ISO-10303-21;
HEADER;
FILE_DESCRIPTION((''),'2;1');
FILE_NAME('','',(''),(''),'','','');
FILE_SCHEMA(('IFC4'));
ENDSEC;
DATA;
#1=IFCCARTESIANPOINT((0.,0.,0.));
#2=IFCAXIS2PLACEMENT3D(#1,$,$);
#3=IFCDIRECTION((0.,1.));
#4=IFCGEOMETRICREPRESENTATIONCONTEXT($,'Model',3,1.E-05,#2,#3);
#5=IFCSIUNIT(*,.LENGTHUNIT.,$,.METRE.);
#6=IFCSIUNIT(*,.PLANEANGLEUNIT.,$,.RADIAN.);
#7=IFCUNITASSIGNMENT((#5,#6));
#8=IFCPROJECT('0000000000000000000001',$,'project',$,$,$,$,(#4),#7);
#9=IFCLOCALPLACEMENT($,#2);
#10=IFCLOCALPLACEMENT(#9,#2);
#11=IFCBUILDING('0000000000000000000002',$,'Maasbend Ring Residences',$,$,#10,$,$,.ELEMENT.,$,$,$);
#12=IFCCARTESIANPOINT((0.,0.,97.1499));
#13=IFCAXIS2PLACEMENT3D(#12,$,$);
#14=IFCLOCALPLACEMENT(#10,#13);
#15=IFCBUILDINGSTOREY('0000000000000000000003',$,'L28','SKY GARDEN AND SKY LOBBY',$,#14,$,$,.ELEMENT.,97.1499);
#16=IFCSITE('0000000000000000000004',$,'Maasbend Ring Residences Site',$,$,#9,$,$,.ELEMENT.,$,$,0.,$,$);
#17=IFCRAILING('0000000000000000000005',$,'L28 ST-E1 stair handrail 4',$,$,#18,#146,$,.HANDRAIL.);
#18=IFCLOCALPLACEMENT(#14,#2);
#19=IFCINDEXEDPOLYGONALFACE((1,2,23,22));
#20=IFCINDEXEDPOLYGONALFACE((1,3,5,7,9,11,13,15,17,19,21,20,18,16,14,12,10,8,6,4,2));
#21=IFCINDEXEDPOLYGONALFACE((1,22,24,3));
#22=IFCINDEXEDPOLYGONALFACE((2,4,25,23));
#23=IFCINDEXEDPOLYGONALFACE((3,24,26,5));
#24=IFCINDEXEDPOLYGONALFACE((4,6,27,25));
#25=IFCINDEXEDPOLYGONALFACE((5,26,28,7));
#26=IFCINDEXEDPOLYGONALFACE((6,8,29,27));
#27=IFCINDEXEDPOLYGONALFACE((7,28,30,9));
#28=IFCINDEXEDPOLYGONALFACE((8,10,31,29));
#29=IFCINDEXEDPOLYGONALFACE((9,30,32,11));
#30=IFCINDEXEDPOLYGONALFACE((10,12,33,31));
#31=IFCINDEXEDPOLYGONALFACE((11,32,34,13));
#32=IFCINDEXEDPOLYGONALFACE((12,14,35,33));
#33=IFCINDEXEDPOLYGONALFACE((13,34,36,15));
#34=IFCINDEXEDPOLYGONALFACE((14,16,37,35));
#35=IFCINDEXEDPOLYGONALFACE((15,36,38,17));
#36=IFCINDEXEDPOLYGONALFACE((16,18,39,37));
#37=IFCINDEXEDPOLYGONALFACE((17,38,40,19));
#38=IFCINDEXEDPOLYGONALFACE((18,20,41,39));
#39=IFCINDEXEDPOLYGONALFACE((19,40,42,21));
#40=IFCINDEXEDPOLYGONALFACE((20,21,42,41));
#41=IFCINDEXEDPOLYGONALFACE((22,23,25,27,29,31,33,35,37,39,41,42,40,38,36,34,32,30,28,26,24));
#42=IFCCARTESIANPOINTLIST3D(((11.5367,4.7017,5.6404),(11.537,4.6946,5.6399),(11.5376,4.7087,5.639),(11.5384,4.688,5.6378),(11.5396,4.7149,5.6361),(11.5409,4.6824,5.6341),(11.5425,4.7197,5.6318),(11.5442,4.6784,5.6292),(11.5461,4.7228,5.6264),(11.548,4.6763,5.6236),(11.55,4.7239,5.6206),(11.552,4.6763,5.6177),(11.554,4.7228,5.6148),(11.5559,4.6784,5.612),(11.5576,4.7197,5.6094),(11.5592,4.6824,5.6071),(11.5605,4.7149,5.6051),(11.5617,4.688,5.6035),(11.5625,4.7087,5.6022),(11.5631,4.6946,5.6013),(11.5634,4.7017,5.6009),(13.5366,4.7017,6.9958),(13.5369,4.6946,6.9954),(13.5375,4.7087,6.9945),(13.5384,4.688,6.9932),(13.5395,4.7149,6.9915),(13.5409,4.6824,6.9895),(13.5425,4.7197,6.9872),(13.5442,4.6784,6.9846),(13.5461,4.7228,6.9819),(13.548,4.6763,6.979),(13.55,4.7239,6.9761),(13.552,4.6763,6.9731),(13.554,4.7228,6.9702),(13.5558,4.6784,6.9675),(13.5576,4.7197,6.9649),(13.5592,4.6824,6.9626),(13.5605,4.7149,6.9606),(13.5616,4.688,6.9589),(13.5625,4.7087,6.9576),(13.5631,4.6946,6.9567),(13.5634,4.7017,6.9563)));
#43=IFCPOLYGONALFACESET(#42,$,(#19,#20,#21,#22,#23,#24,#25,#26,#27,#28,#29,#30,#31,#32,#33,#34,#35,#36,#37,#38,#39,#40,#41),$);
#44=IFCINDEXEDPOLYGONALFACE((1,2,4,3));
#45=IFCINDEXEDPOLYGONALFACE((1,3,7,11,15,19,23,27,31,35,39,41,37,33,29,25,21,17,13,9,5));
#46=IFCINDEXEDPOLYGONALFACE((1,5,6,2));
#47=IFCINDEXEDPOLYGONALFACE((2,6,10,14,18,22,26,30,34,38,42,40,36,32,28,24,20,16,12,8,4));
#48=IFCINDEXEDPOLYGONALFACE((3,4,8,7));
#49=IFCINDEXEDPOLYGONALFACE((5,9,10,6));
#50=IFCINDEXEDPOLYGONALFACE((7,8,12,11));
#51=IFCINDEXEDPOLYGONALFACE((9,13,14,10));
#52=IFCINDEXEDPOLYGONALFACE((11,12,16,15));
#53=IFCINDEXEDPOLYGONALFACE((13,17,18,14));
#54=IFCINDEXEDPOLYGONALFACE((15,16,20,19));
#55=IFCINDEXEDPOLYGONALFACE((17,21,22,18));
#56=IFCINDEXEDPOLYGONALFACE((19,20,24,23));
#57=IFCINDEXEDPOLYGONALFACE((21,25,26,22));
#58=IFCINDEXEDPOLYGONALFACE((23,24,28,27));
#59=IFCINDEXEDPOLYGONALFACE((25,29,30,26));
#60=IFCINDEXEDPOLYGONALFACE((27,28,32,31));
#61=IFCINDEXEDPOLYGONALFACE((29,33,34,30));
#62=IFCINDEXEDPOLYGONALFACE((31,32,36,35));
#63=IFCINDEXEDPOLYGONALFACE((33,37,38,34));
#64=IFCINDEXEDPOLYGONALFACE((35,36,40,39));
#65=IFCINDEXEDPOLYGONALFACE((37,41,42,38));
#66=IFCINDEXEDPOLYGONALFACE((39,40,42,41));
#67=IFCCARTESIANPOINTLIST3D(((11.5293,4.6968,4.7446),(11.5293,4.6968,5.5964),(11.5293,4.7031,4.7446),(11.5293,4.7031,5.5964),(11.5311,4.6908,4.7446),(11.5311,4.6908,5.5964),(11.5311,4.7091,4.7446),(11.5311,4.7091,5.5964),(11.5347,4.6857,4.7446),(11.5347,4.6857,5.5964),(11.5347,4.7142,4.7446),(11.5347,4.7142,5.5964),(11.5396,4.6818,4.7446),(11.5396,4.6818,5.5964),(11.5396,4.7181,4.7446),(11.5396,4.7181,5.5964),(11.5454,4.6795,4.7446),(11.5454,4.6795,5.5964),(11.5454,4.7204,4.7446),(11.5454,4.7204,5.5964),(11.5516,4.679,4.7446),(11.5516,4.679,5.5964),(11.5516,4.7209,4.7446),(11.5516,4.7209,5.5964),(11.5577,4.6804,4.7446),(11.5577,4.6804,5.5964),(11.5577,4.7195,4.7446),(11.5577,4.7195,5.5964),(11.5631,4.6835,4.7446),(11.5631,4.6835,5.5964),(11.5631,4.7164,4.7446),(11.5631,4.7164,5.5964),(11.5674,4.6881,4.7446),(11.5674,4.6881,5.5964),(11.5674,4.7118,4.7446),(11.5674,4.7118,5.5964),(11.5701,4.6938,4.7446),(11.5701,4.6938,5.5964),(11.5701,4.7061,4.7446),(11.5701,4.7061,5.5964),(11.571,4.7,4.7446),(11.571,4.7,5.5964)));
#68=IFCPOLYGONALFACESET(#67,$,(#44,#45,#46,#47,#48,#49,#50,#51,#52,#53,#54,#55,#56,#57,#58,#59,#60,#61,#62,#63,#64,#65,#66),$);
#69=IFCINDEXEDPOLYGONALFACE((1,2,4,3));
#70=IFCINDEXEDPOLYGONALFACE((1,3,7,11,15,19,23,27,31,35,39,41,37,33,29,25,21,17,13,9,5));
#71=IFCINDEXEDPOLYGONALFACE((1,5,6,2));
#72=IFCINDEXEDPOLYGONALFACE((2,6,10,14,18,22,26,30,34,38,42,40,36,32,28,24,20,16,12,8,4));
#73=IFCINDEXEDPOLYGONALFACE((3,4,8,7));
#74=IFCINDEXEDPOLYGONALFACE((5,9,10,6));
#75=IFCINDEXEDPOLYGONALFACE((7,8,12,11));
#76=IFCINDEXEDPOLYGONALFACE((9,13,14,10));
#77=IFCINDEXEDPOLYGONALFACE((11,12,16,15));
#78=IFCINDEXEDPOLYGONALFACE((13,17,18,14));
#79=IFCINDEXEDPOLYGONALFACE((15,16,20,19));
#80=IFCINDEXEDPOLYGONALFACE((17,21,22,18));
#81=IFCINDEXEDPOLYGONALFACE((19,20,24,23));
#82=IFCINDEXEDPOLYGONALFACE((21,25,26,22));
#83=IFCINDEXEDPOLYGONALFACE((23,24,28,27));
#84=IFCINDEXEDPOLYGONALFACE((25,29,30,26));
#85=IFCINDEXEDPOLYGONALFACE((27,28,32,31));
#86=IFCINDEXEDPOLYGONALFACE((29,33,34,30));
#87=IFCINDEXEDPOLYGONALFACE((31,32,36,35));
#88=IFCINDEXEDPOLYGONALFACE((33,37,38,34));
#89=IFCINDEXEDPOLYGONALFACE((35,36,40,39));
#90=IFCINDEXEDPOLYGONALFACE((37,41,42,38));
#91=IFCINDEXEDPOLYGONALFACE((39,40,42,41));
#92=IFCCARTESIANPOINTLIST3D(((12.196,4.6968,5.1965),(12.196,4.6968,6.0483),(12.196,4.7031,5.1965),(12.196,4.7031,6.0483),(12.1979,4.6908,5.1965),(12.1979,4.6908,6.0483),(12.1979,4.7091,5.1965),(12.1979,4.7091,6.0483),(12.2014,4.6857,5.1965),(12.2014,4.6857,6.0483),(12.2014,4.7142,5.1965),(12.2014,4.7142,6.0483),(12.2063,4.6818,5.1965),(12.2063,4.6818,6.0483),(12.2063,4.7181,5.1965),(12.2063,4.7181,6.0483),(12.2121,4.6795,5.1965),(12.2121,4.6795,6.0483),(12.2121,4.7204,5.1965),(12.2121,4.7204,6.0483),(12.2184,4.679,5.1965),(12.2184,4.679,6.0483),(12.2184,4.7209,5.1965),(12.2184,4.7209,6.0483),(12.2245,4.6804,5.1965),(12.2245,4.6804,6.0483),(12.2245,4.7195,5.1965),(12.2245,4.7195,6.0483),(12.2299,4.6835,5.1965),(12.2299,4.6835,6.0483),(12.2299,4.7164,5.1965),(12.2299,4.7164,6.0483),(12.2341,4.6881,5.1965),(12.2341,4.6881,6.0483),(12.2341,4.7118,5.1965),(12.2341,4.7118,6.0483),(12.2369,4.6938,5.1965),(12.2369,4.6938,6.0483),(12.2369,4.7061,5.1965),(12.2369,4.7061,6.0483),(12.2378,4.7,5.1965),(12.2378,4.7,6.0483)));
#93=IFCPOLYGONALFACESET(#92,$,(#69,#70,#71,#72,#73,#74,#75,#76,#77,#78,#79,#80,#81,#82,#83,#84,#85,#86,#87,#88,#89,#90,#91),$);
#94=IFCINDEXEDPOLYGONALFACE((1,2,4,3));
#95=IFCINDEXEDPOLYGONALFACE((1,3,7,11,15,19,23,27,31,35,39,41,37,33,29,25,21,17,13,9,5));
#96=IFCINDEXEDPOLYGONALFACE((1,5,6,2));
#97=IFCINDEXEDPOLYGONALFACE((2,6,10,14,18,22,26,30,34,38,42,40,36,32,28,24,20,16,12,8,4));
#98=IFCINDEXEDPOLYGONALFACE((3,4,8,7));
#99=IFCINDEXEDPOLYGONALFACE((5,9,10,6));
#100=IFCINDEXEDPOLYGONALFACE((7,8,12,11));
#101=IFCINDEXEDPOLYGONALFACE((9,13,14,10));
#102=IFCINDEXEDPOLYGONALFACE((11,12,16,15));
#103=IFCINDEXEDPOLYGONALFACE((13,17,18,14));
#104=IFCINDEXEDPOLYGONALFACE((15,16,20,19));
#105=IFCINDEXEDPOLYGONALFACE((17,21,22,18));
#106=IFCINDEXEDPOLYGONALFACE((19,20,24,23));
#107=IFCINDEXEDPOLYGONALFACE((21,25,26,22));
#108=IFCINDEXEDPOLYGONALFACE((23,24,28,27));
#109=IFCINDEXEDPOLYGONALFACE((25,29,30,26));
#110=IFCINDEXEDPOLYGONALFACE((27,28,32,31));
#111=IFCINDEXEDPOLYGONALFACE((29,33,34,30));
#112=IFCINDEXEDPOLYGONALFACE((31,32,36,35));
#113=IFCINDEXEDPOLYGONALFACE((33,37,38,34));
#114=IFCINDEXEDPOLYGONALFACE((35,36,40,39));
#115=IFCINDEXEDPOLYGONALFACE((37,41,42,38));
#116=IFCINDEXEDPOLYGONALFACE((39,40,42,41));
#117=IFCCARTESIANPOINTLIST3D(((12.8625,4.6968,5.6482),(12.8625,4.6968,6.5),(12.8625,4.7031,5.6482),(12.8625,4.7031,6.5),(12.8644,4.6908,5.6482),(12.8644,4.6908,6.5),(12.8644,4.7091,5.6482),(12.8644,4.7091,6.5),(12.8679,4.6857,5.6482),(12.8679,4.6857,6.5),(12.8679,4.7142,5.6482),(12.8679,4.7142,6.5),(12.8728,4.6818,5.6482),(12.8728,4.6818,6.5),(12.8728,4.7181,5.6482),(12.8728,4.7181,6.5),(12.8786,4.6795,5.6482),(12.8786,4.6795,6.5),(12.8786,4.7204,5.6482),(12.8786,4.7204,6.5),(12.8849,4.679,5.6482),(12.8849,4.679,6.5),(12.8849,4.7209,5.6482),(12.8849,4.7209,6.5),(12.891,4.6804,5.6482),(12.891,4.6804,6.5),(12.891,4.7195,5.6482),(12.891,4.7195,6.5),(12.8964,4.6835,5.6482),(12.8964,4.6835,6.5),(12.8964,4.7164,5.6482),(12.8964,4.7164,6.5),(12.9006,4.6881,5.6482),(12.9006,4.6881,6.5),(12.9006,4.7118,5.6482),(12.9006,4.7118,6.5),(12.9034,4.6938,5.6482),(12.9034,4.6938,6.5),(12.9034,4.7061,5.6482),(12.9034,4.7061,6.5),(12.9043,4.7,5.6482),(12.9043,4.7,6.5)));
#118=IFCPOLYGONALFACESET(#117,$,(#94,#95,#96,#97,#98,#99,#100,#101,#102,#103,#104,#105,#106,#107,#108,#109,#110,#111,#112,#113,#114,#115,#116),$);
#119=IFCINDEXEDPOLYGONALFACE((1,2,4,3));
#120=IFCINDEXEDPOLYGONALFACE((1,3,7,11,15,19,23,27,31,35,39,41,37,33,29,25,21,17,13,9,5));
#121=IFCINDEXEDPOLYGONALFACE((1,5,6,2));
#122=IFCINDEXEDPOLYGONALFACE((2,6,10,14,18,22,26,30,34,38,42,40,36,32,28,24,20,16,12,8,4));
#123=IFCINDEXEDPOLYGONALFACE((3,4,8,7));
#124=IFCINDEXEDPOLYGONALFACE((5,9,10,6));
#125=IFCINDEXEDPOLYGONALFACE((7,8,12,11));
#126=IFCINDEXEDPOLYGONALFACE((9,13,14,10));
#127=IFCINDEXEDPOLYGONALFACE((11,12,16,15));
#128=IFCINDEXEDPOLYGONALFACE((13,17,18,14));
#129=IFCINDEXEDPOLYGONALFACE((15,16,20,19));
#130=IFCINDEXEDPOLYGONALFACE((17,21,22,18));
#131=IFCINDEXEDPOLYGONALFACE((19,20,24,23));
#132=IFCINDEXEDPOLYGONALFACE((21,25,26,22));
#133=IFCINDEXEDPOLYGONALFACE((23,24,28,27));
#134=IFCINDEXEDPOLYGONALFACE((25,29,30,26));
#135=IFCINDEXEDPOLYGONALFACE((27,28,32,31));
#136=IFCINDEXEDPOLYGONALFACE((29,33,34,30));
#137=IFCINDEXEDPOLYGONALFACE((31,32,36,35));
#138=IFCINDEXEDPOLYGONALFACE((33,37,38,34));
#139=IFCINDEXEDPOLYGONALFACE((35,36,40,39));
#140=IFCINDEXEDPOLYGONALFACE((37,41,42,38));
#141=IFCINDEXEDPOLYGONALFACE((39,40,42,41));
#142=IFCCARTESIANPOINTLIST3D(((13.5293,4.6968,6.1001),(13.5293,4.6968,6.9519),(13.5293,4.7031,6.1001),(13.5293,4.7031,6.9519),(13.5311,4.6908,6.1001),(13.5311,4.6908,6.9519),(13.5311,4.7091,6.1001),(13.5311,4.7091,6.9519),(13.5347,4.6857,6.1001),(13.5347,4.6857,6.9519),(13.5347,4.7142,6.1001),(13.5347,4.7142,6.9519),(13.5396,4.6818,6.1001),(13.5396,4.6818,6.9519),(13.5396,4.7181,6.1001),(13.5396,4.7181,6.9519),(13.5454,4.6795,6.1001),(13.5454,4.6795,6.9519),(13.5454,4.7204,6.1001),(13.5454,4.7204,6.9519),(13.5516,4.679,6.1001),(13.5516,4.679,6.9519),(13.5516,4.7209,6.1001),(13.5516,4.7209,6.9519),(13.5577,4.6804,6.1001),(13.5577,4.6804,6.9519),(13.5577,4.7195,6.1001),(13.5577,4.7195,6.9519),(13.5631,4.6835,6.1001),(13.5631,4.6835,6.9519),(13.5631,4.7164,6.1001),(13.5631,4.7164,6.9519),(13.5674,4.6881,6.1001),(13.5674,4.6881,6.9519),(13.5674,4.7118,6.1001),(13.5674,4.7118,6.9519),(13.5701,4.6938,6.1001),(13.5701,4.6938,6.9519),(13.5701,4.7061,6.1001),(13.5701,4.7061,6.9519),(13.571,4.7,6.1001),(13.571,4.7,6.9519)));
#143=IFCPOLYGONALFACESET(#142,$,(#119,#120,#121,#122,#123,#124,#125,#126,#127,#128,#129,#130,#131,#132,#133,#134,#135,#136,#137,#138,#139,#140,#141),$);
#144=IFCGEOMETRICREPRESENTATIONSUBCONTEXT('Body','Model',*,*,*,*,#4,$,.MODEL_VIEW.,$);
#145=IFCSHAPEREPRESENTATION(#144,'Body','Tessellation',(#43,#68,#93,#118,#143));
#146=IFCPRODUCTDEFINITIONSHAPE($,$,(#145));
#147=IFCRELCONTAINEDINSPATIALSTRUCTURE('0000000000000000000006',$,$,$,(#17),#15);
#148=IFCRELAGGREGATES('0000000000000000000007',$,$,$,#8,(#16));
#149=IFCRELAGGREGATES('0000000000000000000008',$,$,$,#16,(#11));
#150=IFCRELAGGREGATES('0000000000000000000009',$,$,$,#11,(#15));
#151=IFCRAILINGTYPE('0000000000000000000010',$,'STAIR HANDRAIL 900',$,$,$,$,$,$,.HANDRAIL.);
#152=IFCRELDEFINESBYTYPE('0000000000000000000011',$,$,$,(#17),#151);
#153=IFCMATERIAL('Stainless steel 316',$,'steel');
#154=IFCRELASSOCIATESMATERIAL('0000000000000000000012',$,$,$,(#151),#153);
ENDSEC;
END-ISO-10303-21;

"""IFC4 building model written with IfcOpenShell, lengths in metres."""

from ifc_helpers import new_model, si_unit, direction, frame, origin, origin_2d, place, context, subcontext, project, spatial, circle, extrude, material, type_object, element, save


model = new_model("IFC4")

# Units and contexts
model_context = context("Model", 3, precision=1e-05, world=origin(), true_north=direction((0.0, 1.0)))
body_context = subcontext(model_context, "Body", "Model", "MODEL_VIEW")
ifc_project = project(units=[si_unit("LENGTHUNIT", "METRE"), si_unit("PLANEANGLEUNIT", "RADIAN")], contexts=[model_context])

# Site, building, storey
site_placement = place(None, origin())
site = spatial("IfcSite", under=ifc_project, at=site_placement, Name="Maasbend Ring Residences Site", CompositionType="ELEMENT", RefElevation=0.0)
building_placement = place(site_placement, origin())
building = spatial("IfcBuilding", under=site, at=building_placement, Name="Maasbend Ring Residences", CompositionType="ELEMENT")
storey_placement = place(building_placement, frame((0.0, 0.0, 97.1499)))
storey = spatial("IfcBuildingStorey", under=building, at=storey_placement, Name="L28", Description="SKY GARDEN AND SKY LOBBY", CompositionType="ELEMENT", Elevation=97.1499)

# Railing
ifc_material_1 = material(Name="Stainless steel 316", Category="steel")
railing_type_1 = type_object("IfcRailingType", Name="STAIR HANDRAIL 900", PredefinedType="HANDRAIL", material=ifc_material_1)
for number, where, name in (
    (1, (11.55, 4.7, 4.7446), "L28 ST-E1 stair handrail 4"),
):
    element("IfcRailing", number, at=place(storey_placement, frame(where)), inside=storey, type_object=railing_type_1, Name=name, PredefinedType="HANDRAIL", context=body_context, shape_type="SweptSolid", body=[
        extrude(circle(Radius=0.0239, at=origin_2d()), frame((0.0, 0.0, 0.876), z_axis=(0.827798, 0.0, 0.561027), x_axis=(0.0, 1.0, 0.0)), (0.0, 0.0, 1.0), 2.416),
        extrude(circle(Radius=0.021, at=origin_2d()), origin(), (0.0, 0.0, 1.0), 0.8518),
        extrude(circle(Radius=0.021, at=origin_2d()), frame((0.6667, 0.0, 0.4519)), (0.0, 0.0, 1.0), 0.8518),
        extrude(circle(Radius=0.021, at=origin_2d()), frame((1.3333, 0.0, 0.9036)), (0.0, 0.0, 1.0), 0.8518),
        extrude(circle(Radius=0.021, at=origin_2d()), frame((2.0, 0.0, 1.3555)), (0.0, 0.0, 1.0), 0.8518),
    ])

save(model, "model.ifc")
